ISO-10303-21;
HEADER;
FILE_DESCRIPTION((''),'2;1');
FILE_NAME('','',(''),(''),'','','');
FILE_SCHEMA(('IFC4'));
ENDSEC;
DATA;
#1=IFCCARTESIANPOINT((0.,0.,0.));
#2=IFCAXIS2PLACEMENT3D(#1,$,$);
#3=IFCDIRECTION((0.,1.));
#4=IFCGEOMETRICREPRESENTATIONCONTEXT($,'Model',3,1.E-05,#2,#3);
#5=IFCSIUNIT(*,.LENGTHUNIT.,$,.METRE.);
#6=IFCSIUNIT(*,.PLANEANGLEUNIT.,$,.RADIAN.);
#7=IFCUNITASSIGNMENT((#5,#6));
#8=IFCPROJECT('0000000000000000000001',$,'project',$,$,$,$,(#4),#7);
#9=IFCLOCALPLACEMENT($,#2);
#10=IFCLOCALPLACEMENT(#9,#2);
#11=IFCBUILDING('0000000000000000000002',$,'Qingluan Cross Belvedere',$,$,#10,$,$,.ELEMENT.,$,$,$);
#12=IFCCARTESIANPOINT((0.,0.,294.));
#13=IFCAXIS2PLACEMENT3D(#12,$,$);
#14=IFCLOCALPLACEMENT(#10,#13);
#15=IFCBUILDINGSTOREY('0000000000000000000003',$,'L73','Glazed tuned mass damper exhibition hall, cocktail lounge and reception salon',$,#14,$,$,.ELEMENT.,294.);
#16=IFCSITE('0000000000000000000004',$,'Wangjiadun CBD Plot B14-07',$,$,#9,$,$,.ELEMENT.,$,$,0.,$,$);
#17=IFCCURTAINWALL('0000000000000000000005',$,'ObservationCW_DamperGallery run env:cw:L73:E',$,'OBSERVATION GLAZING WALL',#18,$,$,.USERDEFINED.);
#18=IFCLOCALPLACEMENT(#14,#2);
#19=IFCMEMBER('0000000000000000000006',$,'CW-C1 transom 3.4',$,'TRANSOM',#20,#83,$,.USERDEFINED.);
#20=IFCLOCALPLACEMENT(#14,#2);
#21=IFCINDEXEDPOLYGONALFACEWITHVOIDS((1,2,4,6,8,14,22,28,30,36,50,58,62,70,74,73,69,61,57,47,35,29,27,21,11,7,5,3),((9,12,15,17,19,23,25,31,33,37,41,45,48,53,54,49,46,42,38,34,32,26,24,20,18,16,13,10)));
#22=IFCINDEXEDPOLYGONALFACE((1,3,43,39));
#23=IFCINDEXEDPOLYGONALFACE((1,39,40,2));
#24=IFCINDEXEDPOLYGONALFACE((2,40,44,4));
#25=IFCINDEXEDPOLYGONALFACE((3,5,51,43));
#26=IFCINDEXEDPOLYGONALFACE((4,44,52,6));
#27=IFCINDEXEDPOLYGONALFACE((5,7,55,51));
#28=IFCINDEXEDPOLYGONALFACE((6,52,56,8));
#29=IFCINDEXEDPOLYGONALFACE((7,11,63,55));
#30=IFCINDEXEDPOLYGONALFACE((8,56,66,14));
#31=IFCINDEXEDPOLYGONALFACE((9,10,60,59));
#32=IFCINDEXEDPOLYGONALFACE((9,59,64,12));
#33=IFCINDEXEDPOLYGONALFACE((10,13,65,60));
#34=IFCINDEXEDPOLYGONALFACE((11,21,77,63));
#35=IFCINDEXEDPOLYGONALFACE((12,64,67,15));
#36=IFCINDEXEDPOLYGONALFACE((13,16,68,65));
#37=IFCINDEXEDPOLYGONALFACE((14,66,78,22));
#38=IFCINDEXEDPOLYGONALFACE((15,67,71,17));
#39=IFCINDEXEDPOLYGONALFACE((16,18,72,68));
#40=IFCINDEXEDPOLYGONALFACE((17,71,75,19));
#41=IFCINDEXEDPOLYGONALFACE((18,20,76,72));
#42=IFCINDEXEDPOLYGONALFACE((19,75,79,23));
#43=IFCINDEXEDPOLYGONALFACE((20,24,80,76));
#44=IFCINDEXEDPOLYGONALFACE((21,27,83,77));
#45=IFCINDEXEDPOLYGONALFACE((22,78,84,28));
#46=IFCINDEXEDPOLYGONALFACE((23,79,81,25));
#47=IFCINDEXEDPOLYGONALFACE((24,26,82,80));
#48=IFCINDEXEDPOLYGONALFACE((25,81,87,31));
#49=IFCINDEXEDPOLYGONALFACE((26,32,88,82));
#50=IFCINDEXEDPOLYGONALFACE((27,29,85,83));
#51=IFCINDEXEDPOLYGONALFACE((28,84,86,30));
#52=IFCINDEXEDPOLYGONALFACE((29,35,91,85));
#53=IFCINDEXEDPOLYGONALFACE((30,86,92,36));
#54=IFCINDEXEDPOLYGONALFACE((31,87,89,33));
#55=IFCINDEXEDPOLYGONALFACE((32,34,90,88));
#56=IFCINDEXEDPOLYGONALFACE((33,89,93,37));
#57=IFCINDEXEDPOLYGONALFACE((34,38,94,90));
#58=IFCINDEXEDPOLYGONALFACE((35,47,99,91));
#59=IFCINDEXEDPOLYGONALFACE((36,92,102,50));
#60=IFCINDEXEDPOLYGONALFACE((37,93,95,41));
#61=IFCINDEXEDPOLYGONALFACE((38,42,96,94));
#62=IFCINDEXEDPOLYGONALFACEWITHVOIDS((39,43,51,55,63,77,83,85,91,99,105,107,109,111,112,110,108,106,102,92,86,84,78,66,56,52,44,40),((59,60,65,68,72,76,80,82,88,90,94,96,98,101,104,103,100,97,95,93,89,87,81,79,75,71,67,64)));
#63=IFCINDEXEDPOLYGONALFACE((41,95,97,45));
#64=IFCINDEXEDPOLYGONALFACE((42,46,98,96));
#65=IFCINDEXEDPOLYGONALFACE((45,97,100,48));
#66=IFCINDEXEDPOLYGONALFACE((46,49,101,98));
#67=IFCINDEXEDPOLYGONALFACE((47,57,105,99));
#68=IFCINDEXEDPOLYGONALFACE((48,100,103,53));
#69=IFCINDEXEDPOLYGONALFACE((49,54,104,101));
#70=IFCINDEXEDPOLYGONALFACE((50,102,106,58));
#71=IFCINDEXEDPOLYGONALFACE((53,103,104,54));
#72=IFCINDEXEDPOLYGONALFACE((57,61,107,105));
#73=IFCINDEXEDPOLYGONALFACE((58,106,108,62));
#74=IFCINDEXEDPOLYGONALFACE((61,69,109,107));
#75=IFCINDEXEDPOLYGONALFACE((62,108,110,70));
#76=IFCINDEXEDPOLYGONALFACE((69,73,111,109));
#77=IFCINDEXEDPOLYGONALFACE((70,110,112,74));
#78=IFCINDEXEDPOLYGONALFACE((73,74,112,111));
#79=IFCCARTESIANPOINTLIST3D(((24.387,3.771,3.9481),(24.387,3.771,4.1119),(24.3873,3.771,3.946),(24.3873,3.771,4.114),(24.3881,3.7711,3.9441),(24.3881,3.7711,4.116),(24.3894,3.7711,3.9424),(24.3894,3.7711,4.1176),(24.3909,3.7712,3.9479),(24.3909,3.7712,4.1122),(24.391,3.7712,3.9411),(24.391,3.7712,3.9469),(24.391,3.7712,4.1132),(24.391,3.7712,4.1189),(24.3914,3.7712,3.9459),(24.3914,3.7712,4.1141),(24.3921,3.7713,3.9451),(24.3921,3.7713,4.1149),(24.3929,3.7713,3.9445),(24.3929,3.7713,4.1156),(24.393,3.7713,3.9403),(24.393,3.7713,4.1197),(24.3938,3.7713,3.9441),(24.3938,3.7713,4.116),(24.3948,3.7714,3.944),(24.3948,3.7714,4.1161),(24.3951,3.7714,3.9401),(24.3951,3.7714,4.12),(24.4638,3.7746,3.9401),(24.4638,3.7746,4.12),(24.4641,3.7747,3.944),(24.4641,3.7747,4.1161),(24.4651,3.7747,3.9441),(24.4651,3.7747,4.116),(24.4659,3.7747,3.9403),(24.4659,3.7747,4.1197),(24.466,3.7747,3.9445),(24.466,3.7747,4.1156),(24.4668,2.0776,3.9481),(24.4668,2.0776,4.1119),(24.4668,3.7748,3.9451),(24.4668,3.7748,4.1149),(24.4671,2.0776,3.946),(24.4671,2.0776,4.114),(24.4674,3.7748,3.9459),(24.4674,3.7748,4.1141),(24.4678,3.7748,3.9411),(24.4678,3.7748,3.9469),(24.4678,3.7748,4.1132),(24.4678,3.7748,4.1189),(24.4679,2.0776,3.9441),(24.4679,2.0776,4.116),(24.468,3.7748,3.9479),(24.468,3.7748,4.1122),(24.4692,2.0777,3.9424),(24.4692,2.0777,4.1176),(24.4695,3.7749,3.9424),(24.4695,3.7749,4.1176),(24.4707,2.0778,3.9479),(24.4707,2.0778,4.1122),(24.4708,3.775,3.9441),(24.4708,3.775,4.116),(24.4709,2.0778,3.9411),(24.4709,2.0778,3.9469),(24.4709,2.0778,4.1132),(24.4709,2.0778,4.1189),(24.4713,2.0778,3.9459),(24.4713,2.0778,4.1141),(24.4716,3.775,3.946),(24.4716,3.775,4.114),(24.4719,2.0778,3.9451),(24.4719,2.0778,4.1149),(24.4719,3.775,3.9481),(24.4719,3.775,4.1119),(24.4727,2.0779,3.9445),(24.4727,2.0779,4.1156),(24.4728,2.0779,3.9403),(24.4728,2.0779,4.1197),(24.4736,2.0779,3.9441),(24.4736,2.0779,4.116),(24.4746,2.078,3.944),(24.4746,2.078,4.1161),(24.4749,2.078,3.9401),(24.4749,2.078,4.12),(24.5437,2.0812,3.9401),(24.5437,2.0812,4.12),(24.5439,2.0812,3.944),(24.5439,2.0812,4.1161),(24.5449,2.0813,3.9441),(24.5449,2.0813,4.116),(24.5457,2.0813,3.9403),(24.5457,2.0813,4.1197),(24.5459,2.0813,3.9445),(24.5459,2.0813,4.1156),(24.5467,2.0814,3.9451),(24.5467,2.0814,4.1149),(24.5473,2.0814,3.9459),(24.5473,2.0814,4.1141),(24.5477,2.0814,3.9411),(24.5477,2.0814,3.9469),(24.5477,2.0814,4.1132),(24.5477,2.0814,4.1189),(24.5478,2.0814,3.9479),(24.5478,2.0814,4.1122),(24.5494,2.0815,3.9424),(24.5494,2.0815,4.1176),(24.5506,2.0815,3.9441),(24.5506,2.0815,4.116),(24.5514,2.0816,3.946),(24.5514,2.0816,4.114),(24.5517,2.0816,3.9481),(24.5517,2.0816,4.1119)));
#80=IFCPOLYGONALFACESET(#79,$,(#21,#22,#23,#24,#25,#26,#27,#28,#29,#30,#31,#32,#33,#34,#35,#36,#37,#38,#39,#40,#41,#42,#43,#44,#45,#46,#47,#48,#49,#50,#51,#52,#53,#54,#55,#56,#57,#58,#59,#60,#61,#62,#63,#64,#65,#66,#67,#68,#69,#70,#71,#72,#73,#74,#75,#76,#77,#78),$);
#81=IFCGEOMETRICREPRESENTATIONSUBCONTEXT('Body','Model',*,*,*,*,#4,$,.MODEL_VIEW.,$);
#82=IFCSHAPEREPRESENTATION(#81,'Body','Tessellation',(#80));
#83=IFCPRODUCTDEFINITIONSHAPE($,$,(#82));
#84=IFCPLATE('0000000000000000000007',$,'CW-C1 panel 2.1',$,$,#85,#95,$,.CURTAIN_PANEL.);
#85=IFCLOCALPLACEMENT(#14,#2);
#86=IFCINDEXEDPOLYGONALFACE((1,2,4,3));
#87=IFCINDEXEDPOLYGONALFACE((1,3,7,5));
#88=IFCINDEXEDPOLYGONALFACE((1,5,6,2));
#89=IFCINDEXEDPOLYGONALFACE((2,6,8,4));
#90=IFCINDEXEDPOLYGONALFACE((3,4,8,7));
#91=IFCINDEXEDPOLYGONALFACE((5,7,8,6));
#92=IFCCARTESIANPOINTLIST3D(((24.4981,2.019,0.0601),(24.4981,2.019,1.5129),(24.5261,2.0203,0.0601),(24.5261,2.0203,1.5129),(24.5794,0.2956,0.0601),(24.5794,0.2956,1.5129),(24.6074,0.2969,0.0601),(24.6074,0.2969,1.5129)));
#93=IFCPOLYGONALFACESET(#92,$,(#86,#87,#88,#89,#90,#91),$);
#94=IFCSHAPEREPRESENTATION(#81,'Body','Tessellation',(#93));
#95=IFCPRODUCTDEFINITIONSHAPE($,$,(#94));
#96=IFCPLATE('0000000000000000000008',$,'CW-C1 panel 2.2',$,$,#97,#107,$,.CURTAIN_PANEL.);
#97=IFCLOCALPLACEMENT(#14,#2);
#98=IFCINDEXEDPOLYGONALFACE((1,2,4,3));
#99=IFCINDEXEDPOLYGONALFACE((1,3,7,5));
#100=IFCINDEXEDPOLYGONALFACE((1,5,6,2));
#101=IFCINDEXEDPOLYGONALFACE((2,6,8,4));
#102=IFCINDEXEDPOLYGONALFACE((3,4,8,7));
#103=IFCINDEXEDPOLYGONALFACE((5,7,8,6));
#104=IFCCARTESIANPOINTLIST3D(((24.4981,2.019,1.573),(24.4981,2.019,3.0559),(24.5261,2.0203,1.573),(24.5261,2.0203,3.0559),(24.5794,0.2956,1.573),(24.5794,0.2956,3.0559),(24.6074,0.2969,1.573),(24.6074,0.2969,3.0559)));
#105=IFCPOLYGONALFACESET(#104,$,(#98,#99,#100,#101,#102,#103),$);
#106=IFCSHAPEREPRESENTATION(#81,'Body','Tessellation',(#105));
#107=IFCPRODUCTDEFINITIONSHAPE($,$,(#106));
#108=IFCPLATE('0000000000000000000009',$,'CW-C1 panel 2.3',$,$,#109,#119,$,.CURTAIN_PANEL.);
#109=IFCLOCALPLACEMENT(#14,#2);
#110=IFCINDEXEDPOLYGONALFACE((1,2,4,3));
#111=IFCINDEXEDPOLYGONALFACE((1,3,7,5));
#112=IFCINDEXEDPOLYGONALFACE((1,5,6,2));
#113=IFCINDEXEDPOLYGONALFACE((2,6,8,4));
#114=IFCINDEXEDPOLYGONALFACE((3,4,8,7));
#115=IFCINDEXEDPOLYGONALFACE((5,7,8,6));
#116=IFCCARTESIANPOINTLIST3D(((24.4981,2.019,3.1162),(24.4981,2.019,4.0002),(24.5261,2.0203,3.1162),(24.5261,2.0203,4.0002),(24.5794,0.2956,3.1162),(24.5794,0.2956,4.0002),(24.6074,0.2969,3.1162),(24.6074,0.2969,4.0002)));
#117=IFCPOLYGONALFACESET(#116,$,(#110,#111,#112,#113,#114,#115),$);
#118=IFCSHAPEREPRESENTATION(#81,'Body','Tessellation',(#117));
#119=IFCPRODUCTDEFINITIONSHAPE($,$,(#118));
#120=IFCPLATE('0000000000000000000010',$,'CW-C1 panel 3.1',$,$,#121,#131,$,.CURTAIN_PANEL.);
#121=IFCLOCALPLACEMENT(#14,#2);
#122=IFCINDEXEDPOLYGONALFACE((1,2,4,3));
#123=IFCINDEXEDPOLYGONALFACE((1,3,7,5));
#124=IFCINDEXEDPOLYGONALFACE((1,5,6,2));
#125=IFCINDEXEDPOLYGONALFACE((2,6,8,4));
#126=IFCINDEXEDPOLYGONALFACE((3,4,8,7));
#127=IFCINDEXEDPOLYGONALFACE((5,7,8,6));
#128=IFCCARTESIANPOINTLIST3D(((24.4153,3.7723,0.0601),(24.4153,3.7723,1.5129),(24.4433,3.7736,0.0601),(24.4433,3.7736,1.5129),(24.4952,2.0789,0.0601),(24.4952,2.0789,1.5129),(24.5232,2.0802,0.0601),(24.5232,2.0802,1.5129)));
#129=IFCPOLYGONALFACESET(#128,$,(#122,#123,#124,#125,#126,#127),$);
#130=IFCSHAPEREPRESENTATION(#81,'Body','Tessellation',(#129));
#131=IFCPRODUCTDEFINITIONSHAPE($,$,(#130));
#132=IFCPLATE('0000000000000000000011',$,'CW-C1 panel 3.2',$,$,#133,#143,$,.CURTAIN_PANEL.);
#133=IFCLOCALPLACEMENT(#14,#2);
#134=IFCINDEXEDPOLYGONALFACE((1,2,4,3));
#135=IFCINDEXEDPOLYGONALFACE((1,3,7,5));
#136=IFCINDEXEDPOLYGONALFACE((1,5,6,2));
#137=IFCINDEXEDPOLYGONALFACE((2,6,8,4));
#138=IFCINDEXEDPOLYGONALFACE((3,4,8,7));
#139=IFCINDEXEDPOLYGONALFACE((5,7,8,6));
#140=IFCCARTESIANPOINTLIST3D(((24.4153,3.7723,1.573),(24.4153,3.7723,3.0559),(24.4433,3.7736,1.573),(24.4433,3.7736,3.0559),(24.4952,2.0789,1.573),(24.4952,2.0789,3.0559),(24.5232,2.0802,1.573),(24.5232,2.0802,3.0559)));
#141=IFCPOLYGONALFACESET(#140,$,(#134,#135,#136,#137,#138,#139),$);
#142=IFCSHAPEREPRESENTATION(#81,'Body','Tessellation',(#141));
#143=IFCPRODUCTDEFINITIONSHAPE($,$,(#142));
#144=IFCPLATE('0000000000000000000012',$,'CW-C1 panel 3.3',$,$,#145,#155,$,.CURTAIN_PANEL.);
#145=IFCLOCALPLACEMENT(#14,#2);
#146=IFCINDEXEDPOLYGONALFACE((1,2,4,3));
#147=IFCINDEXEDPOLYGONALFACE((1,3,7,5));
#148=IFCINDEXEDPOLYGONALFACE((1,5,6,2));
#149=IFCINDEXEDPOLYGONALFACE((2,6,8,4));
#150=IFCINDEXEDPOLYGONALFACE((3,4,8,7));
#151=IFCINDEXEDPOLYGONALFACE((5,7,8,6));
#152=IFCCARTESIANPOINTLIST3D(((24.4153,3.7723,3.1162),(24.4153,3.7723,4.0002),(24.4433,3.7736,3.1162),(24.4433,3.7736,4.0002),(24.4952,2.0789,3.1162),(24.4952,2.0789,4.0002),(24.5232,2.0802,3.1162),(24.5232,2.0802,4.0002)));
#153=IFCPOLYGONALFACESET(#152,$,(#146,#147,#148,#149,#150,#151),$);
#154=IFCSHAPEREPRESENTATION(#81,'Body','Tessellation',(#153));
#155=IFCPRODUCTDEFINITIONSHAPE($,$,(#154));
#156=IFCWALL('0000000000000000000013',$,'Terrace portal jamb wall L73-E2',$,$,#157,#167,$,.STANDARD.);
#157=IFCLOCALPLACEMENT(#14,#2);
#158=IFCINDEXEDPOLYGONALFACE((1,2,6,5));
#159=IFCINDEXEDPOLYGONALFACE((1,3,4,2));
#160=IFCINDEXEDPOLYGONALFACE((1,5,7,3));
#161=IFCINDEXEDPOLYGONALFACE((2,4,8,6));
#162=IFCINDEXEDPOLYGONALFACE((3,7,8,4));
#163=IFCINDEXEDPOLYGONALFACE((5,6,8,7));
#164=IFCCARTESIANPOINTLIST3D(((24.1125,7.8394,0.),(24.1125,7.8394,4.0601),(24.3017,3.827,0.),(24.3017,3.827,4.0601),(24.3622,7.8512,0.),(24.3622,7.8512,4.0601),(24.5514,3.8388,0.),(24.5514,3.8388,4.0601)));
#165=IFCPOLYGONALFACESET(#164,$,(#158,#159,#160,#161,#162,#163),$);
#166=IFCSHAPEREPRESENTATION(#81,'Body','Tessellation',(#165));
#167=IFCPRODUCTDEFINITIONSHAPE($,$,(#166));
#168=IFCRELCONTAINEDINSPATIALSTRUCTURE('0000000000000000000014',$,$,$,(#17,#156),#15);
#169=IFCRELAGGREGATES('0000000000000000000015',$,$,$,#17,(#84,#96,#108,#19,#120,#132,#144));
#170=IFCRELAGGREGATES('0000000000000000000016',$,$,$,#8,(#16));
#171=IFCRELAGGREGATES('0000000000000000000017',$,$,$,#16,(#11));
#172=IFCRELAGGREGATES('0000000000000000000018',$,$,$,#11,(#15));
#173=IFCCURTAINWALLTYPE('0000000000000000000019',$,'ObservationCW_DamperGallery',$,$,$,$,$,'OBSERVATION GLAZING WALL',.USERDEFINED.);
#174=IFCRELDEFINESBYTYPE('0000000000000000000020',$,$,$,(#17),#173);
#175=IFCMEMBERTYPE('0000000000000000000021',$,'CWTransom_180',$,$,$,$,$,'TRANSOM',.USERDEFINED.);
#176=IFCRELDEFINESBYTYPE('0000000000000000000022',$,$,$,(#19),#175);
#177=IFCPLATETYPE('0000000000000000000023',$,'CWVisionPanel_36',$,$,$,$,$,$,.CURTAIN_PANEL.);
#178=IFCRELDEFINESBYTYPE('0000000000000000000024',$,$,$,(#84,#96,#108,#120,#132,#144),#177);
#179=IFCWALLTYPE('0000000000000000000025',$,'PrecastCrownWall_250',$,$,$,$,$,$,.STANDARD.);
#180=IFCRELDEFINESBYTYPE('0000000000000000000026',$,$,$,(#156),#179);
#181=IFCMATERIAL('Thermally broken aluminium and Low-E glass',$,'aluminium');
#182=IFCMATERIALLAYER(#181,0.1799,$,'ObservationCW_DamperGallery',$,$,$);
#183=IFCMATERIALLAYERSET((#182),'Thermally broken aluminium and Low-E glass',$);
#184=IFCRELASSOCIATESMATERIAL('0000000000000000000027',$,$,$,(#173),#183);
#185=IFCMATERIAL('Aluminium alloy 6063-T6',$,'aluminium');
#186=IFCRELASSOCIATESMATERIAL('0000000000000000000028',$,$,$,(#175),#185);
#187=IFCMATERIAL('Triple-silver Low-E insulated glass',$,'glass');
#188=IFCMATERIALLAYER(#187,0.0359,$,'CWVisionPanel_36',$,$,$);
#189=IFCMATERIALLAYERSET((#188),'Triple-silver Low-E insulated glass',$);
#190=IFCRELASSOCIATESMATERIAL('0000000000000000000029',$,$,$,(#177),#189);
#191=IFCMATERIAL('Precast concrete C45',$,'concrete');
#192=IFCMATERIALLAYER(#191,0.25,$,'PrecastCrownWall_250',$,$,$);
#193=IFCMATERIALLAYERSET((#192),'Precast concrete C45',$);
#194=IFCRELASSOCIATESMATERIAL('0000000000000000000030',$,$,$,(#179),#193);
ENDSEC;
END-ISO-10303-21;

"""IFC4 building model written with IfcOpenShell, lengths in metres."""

from ifc_helpers import new_model, si_unit, direction, frame, frame_2d, origin, origin_2d, place, context, subcontext, project, spatial, rectangle, hollow_rectangle, extrude, material, layer, layer_set, material_profile, profile_set, type_object, element, aggregate, save


model = new_model("IFC4")

# Units and contexts
model_context = context("Model", 3, precision=1e-05, world=origin(), true_north=direction((0.0, 1.0)))
body_context = subcontext(model_context, "Body", "Model", "MODEL_VIEW")
ifc_project = project(units=[si_unit("LENGTHUNIT", "METRE"), si_unit("PLANEANGLEUNIT", "RADIAN")], contexts=[model_context])

# Site, building, storey
site_placement = place(None, origin())
site = spatial("IfcSite", under=ifc_project, at=site_placement, Name="Wangjiadun CBD Plot B14-07", CompositionType="ELEMENT", RefElevation=0.0)
building_placement = place(site_placement, origin())
building = spatial("IfcBuilding", under=site, at=building_placement, Name="Qingluan Cross Belvedere", CompositionType="ELEMENT")
storey_placement = place(building_placement, frame((0.0, 0.0, 294.0)))
storey = spatial("IfcBuildingStorey", under=building, at=storey_placement, Name="L73", Description="Glazed tuned mass damper exhibition hall, cocktail lounge and reception salon", CompositionType="ELEMENT", Elevation=294.0)

# Curtain wall, member, plates
ifc_material_1 = material(Name="Thermally broken aluminium and Low-E glass", Category="aluminium")
ifc_layer_1 = layer(ifc_material_1, 0.1799, Name="ObservationCW_DamperGallery")
ifc_layer_set_1 = layer_set([ifc_layer_1], Name="Thermally broken aluminium and Low-E glass")
curtain_wall_type = type_object("IfcCurtainWallType", Name="ObservationCW_DamperGallery", ElementType="OBSERVATION GLAZING WALL", PredefinedType="USERDEFINED", material=ifc_layer_set_1)
curtain_wall_placement = place(storey_placement, origin())
curtain_wall = element("IfcCurtainWall", 1, at=curtain_wall_placement, inside=storey, type_object=curtain_wall_type, Name="ObservationCW_DamperGallery run env:cw:L73:E", ObjectType="OBSERVATION GLAZING WALL", PredefinedType="USERDEFINED")
ifc_material_2 = material(Name="Aluminium alloy 6063-T6", Category="aluminium")
ifc_material_profile_1 = material_profile(ifc_material_2, hollow_rectangle(XDim=0.085, YDim=0.1799, WallThickness=0.0039, InnerFilletRadius=0.0039, OuterFilletRadius=0.0081, at=origin_2d()), Name="CWT180x85x4")
ifc_profile_set_1 = profile_set([ifc_material_profile_1], Name="Aluminium alloy 6063-T6")
member_type_1 = type_object("IfcMemberType", Name="CWTransom_180", ElementType="TRANSOM", PredefinedType="USERDEFINED", material=ifc_profile_set_1)
member_1_placement = place(storey_placement, frame((24.5093, 2.0796, 4.03), z_axis=(-0.047093, 0.998891, 0.0), x_axis=(-0.998891, -0.047093, 0.0)))
member_1 = element("IfcMember", 2, at=member_1_placement, type_object=member_type_1, Name="CW-C1 transom 3.4", ObjectType="TRANSOM", PredefinedType="USERDEFINED", context=body_context, shape_type="SweptSolid", body=[
    extrude(hollow_rectangle(XDim=0.085, YDim=0.1799, WallThickness=0.0039, InnerFilletRadius=0.0039, OuterFilletRadius=0.0081, at=origin_2d()), origin(), (0.0, 0.0, 1.0), 1.6953),
])
ifc_material_3 = material(Name="Triple-silver Low-E insulated glass", Category="glass")
ifc_layer_2 = layer(ifc_material_3, 0.0359, Name="CWVisionPanel_36")
ifc_layer_set_2 = layer_set([ifc_layer_2], Name="Triple-silver Low-E insulated glass")
plate_type = type_object("IfcPlateType", Name="CWVisionPanel_36", PredefinedType="CURTAIN_PANEL", material=ifc_layer_set_2)
plate_1_placement = place(storey_placement, frame((24.5527, 1.158, 0.0601), z_axis=(0.0, 0.0, 1.0), x_axis=(-0.047124, 0.998889, 0.0)))
plate_1 = element("IfcPlate", 3, at=plate_1_placement, type_object=plate_type, Name="CW-C1 panel 2.1", PredefinedType="CURTAIN_PANEL", context=body_context, shape_type="SweptSolid", body=[
    extrude(rectangle(XDim=1.7253, YDim=0.0281, at=origin_2d()), origin(), (0.0, 0.0, 1.0), 1.4529),
])
plate_2_placement = place(storey_placement, frame((24.5527, 1.158, 1.573), z_axis=(0.0, 0.0, 1.0), x_axis=(-0.047124, 0.998889, 0.0)))
plate_2 = element("IfcPlate", 4, at=plate_2_placement, type_object=plate_type, Name="CW-C1 panel 2.2", PredefinedType="CURTAIN_PANEL", context=body_context, shape_type="SweptSolid", body=[
    extrude(rectangle(XDim=1.7253, YDim=0.0281, at=origin_2d()), origin(), (0.0, 0.0, 1.0), 1.4829),
])
plate_3_placement = place(storey_placement, frame((24.5527, 1.158, 3.1162), z_axis=(0.0, 0.0, 1.0), x_axis=(-0.047124, 0.998889, 0.0)))
plate_3 = element("IfcPlate", 5, at=plate_3_placement, type_object=plate_type, Name="CW-C1 panel 2.3", PredefinedType="CURTAIN_PANEL", context=body_context, shape_type="SweptSolid", body=[
    extrude(rectangle(XDim=1.7253, YDim=0.0281, at=origin_2d()), origin(), (0.0, 0.0, 1.0), 0.884),
])
plate_4_placement = place(storey_placement, frame((24.4692, 2.9263, 0.0601), z_axis=(0.0, 0.0, 1.0), x_axis=(-0.047124, 0.998889, 0.0)))
plate_4 = element("IfcPlate", 6, at=plate_4_placement, type_object=plate_type, Name="CW-C1 panel 3.1", PredefinedType="CURTAIN_PANEL", context=body_context, shape_type="SweptSolid", body=[
    extrude(rectangle(XDim=1.6953, YDim=0.0281, at=origin_2d()), origin(), (0.0, 0.0, 1.0), 1.4529),
])
plate_5_placement = place(storey_placement, frame((24.4692, 2.9263, 1.573), z_axis=(0.0, 0.0, 1.0), x_axis=(-0.047124, 0.998889, 0.0)))
plate_5 = element("IfcPlate", 7, at=plate_5_placement, type_object=plate_type, Name="CW-C1 panel 3.2", PredefinedType="CURTAIN_PANEL", context=body_context, shape_type="SweptSolid", body=[
    extrude(rectangle(XDim=1.6953, YDim=0.0281, at=origin_2d()), origin(), (0.0, 0.0, 1.0), 1.4829),
])
plate_6_placement = place(storey_placement, frame((24.4692, 2.9263, 3.1162), z_axis=(0.0, 0.0, 1.0), x_axis=(-0.047124, 0.998889, 0.0)))
plate_6 = element("IfcPlate", 8, at=plate_6_placement, type_object=plate_type, Name="CW-C1 panel 3.3", PredefinedType="CURTAIN_PANEL", context=body_context, shape_type="SweptSolid", body=[
    extrude(rectangle(XDim=1.6953, YDim=0.0281, at=origin_2d()), origin(), (0.0, 0.0, 1.0), 0.884),
])
aggregate(curtain_wall, [plate_1, plate_2, plate_3, member_1, plate_4, plate_5, plate_6])

# Wall
ifc_material_4 = material(Name="Precast concrete C45", Category="concrete")
ifc_layer_3 = layer(ifc_material_4, 0.25, Name="PrecastCrownWall_250")
ifc_layer_set_3 = layer_set([ifc_layer_3], Name="Precast concrete C45")
wall_type = type_object("IfcWallType", Name="PrecastCrownWall_250", PredefinedType="STANDARD", material=ifc_layer_set_3)
wall_placement = place(storey_placement, frame((24.4265, 3.833, 0.0), z_axis=(0.0, 0.0, 1.0), x_axis=(-0.047103, 0.99889, 0.0)))
element("IfcWall", 9, at=wall_placement, inside=storey, type_object=wall_type, Name="Terrace portal jamb wall L73-E2", PredefinedType="STANDARD", context=body_context, shape_type="SweptSolid", body=[
    extrude(rectangle(XDim=4.0168, YDim=0.25, at=frame_2d((2.0083, 0.0))), origin(), (0.0, 0.0, 1.0), 4.0601),
])

save(model, "model.ifc")
